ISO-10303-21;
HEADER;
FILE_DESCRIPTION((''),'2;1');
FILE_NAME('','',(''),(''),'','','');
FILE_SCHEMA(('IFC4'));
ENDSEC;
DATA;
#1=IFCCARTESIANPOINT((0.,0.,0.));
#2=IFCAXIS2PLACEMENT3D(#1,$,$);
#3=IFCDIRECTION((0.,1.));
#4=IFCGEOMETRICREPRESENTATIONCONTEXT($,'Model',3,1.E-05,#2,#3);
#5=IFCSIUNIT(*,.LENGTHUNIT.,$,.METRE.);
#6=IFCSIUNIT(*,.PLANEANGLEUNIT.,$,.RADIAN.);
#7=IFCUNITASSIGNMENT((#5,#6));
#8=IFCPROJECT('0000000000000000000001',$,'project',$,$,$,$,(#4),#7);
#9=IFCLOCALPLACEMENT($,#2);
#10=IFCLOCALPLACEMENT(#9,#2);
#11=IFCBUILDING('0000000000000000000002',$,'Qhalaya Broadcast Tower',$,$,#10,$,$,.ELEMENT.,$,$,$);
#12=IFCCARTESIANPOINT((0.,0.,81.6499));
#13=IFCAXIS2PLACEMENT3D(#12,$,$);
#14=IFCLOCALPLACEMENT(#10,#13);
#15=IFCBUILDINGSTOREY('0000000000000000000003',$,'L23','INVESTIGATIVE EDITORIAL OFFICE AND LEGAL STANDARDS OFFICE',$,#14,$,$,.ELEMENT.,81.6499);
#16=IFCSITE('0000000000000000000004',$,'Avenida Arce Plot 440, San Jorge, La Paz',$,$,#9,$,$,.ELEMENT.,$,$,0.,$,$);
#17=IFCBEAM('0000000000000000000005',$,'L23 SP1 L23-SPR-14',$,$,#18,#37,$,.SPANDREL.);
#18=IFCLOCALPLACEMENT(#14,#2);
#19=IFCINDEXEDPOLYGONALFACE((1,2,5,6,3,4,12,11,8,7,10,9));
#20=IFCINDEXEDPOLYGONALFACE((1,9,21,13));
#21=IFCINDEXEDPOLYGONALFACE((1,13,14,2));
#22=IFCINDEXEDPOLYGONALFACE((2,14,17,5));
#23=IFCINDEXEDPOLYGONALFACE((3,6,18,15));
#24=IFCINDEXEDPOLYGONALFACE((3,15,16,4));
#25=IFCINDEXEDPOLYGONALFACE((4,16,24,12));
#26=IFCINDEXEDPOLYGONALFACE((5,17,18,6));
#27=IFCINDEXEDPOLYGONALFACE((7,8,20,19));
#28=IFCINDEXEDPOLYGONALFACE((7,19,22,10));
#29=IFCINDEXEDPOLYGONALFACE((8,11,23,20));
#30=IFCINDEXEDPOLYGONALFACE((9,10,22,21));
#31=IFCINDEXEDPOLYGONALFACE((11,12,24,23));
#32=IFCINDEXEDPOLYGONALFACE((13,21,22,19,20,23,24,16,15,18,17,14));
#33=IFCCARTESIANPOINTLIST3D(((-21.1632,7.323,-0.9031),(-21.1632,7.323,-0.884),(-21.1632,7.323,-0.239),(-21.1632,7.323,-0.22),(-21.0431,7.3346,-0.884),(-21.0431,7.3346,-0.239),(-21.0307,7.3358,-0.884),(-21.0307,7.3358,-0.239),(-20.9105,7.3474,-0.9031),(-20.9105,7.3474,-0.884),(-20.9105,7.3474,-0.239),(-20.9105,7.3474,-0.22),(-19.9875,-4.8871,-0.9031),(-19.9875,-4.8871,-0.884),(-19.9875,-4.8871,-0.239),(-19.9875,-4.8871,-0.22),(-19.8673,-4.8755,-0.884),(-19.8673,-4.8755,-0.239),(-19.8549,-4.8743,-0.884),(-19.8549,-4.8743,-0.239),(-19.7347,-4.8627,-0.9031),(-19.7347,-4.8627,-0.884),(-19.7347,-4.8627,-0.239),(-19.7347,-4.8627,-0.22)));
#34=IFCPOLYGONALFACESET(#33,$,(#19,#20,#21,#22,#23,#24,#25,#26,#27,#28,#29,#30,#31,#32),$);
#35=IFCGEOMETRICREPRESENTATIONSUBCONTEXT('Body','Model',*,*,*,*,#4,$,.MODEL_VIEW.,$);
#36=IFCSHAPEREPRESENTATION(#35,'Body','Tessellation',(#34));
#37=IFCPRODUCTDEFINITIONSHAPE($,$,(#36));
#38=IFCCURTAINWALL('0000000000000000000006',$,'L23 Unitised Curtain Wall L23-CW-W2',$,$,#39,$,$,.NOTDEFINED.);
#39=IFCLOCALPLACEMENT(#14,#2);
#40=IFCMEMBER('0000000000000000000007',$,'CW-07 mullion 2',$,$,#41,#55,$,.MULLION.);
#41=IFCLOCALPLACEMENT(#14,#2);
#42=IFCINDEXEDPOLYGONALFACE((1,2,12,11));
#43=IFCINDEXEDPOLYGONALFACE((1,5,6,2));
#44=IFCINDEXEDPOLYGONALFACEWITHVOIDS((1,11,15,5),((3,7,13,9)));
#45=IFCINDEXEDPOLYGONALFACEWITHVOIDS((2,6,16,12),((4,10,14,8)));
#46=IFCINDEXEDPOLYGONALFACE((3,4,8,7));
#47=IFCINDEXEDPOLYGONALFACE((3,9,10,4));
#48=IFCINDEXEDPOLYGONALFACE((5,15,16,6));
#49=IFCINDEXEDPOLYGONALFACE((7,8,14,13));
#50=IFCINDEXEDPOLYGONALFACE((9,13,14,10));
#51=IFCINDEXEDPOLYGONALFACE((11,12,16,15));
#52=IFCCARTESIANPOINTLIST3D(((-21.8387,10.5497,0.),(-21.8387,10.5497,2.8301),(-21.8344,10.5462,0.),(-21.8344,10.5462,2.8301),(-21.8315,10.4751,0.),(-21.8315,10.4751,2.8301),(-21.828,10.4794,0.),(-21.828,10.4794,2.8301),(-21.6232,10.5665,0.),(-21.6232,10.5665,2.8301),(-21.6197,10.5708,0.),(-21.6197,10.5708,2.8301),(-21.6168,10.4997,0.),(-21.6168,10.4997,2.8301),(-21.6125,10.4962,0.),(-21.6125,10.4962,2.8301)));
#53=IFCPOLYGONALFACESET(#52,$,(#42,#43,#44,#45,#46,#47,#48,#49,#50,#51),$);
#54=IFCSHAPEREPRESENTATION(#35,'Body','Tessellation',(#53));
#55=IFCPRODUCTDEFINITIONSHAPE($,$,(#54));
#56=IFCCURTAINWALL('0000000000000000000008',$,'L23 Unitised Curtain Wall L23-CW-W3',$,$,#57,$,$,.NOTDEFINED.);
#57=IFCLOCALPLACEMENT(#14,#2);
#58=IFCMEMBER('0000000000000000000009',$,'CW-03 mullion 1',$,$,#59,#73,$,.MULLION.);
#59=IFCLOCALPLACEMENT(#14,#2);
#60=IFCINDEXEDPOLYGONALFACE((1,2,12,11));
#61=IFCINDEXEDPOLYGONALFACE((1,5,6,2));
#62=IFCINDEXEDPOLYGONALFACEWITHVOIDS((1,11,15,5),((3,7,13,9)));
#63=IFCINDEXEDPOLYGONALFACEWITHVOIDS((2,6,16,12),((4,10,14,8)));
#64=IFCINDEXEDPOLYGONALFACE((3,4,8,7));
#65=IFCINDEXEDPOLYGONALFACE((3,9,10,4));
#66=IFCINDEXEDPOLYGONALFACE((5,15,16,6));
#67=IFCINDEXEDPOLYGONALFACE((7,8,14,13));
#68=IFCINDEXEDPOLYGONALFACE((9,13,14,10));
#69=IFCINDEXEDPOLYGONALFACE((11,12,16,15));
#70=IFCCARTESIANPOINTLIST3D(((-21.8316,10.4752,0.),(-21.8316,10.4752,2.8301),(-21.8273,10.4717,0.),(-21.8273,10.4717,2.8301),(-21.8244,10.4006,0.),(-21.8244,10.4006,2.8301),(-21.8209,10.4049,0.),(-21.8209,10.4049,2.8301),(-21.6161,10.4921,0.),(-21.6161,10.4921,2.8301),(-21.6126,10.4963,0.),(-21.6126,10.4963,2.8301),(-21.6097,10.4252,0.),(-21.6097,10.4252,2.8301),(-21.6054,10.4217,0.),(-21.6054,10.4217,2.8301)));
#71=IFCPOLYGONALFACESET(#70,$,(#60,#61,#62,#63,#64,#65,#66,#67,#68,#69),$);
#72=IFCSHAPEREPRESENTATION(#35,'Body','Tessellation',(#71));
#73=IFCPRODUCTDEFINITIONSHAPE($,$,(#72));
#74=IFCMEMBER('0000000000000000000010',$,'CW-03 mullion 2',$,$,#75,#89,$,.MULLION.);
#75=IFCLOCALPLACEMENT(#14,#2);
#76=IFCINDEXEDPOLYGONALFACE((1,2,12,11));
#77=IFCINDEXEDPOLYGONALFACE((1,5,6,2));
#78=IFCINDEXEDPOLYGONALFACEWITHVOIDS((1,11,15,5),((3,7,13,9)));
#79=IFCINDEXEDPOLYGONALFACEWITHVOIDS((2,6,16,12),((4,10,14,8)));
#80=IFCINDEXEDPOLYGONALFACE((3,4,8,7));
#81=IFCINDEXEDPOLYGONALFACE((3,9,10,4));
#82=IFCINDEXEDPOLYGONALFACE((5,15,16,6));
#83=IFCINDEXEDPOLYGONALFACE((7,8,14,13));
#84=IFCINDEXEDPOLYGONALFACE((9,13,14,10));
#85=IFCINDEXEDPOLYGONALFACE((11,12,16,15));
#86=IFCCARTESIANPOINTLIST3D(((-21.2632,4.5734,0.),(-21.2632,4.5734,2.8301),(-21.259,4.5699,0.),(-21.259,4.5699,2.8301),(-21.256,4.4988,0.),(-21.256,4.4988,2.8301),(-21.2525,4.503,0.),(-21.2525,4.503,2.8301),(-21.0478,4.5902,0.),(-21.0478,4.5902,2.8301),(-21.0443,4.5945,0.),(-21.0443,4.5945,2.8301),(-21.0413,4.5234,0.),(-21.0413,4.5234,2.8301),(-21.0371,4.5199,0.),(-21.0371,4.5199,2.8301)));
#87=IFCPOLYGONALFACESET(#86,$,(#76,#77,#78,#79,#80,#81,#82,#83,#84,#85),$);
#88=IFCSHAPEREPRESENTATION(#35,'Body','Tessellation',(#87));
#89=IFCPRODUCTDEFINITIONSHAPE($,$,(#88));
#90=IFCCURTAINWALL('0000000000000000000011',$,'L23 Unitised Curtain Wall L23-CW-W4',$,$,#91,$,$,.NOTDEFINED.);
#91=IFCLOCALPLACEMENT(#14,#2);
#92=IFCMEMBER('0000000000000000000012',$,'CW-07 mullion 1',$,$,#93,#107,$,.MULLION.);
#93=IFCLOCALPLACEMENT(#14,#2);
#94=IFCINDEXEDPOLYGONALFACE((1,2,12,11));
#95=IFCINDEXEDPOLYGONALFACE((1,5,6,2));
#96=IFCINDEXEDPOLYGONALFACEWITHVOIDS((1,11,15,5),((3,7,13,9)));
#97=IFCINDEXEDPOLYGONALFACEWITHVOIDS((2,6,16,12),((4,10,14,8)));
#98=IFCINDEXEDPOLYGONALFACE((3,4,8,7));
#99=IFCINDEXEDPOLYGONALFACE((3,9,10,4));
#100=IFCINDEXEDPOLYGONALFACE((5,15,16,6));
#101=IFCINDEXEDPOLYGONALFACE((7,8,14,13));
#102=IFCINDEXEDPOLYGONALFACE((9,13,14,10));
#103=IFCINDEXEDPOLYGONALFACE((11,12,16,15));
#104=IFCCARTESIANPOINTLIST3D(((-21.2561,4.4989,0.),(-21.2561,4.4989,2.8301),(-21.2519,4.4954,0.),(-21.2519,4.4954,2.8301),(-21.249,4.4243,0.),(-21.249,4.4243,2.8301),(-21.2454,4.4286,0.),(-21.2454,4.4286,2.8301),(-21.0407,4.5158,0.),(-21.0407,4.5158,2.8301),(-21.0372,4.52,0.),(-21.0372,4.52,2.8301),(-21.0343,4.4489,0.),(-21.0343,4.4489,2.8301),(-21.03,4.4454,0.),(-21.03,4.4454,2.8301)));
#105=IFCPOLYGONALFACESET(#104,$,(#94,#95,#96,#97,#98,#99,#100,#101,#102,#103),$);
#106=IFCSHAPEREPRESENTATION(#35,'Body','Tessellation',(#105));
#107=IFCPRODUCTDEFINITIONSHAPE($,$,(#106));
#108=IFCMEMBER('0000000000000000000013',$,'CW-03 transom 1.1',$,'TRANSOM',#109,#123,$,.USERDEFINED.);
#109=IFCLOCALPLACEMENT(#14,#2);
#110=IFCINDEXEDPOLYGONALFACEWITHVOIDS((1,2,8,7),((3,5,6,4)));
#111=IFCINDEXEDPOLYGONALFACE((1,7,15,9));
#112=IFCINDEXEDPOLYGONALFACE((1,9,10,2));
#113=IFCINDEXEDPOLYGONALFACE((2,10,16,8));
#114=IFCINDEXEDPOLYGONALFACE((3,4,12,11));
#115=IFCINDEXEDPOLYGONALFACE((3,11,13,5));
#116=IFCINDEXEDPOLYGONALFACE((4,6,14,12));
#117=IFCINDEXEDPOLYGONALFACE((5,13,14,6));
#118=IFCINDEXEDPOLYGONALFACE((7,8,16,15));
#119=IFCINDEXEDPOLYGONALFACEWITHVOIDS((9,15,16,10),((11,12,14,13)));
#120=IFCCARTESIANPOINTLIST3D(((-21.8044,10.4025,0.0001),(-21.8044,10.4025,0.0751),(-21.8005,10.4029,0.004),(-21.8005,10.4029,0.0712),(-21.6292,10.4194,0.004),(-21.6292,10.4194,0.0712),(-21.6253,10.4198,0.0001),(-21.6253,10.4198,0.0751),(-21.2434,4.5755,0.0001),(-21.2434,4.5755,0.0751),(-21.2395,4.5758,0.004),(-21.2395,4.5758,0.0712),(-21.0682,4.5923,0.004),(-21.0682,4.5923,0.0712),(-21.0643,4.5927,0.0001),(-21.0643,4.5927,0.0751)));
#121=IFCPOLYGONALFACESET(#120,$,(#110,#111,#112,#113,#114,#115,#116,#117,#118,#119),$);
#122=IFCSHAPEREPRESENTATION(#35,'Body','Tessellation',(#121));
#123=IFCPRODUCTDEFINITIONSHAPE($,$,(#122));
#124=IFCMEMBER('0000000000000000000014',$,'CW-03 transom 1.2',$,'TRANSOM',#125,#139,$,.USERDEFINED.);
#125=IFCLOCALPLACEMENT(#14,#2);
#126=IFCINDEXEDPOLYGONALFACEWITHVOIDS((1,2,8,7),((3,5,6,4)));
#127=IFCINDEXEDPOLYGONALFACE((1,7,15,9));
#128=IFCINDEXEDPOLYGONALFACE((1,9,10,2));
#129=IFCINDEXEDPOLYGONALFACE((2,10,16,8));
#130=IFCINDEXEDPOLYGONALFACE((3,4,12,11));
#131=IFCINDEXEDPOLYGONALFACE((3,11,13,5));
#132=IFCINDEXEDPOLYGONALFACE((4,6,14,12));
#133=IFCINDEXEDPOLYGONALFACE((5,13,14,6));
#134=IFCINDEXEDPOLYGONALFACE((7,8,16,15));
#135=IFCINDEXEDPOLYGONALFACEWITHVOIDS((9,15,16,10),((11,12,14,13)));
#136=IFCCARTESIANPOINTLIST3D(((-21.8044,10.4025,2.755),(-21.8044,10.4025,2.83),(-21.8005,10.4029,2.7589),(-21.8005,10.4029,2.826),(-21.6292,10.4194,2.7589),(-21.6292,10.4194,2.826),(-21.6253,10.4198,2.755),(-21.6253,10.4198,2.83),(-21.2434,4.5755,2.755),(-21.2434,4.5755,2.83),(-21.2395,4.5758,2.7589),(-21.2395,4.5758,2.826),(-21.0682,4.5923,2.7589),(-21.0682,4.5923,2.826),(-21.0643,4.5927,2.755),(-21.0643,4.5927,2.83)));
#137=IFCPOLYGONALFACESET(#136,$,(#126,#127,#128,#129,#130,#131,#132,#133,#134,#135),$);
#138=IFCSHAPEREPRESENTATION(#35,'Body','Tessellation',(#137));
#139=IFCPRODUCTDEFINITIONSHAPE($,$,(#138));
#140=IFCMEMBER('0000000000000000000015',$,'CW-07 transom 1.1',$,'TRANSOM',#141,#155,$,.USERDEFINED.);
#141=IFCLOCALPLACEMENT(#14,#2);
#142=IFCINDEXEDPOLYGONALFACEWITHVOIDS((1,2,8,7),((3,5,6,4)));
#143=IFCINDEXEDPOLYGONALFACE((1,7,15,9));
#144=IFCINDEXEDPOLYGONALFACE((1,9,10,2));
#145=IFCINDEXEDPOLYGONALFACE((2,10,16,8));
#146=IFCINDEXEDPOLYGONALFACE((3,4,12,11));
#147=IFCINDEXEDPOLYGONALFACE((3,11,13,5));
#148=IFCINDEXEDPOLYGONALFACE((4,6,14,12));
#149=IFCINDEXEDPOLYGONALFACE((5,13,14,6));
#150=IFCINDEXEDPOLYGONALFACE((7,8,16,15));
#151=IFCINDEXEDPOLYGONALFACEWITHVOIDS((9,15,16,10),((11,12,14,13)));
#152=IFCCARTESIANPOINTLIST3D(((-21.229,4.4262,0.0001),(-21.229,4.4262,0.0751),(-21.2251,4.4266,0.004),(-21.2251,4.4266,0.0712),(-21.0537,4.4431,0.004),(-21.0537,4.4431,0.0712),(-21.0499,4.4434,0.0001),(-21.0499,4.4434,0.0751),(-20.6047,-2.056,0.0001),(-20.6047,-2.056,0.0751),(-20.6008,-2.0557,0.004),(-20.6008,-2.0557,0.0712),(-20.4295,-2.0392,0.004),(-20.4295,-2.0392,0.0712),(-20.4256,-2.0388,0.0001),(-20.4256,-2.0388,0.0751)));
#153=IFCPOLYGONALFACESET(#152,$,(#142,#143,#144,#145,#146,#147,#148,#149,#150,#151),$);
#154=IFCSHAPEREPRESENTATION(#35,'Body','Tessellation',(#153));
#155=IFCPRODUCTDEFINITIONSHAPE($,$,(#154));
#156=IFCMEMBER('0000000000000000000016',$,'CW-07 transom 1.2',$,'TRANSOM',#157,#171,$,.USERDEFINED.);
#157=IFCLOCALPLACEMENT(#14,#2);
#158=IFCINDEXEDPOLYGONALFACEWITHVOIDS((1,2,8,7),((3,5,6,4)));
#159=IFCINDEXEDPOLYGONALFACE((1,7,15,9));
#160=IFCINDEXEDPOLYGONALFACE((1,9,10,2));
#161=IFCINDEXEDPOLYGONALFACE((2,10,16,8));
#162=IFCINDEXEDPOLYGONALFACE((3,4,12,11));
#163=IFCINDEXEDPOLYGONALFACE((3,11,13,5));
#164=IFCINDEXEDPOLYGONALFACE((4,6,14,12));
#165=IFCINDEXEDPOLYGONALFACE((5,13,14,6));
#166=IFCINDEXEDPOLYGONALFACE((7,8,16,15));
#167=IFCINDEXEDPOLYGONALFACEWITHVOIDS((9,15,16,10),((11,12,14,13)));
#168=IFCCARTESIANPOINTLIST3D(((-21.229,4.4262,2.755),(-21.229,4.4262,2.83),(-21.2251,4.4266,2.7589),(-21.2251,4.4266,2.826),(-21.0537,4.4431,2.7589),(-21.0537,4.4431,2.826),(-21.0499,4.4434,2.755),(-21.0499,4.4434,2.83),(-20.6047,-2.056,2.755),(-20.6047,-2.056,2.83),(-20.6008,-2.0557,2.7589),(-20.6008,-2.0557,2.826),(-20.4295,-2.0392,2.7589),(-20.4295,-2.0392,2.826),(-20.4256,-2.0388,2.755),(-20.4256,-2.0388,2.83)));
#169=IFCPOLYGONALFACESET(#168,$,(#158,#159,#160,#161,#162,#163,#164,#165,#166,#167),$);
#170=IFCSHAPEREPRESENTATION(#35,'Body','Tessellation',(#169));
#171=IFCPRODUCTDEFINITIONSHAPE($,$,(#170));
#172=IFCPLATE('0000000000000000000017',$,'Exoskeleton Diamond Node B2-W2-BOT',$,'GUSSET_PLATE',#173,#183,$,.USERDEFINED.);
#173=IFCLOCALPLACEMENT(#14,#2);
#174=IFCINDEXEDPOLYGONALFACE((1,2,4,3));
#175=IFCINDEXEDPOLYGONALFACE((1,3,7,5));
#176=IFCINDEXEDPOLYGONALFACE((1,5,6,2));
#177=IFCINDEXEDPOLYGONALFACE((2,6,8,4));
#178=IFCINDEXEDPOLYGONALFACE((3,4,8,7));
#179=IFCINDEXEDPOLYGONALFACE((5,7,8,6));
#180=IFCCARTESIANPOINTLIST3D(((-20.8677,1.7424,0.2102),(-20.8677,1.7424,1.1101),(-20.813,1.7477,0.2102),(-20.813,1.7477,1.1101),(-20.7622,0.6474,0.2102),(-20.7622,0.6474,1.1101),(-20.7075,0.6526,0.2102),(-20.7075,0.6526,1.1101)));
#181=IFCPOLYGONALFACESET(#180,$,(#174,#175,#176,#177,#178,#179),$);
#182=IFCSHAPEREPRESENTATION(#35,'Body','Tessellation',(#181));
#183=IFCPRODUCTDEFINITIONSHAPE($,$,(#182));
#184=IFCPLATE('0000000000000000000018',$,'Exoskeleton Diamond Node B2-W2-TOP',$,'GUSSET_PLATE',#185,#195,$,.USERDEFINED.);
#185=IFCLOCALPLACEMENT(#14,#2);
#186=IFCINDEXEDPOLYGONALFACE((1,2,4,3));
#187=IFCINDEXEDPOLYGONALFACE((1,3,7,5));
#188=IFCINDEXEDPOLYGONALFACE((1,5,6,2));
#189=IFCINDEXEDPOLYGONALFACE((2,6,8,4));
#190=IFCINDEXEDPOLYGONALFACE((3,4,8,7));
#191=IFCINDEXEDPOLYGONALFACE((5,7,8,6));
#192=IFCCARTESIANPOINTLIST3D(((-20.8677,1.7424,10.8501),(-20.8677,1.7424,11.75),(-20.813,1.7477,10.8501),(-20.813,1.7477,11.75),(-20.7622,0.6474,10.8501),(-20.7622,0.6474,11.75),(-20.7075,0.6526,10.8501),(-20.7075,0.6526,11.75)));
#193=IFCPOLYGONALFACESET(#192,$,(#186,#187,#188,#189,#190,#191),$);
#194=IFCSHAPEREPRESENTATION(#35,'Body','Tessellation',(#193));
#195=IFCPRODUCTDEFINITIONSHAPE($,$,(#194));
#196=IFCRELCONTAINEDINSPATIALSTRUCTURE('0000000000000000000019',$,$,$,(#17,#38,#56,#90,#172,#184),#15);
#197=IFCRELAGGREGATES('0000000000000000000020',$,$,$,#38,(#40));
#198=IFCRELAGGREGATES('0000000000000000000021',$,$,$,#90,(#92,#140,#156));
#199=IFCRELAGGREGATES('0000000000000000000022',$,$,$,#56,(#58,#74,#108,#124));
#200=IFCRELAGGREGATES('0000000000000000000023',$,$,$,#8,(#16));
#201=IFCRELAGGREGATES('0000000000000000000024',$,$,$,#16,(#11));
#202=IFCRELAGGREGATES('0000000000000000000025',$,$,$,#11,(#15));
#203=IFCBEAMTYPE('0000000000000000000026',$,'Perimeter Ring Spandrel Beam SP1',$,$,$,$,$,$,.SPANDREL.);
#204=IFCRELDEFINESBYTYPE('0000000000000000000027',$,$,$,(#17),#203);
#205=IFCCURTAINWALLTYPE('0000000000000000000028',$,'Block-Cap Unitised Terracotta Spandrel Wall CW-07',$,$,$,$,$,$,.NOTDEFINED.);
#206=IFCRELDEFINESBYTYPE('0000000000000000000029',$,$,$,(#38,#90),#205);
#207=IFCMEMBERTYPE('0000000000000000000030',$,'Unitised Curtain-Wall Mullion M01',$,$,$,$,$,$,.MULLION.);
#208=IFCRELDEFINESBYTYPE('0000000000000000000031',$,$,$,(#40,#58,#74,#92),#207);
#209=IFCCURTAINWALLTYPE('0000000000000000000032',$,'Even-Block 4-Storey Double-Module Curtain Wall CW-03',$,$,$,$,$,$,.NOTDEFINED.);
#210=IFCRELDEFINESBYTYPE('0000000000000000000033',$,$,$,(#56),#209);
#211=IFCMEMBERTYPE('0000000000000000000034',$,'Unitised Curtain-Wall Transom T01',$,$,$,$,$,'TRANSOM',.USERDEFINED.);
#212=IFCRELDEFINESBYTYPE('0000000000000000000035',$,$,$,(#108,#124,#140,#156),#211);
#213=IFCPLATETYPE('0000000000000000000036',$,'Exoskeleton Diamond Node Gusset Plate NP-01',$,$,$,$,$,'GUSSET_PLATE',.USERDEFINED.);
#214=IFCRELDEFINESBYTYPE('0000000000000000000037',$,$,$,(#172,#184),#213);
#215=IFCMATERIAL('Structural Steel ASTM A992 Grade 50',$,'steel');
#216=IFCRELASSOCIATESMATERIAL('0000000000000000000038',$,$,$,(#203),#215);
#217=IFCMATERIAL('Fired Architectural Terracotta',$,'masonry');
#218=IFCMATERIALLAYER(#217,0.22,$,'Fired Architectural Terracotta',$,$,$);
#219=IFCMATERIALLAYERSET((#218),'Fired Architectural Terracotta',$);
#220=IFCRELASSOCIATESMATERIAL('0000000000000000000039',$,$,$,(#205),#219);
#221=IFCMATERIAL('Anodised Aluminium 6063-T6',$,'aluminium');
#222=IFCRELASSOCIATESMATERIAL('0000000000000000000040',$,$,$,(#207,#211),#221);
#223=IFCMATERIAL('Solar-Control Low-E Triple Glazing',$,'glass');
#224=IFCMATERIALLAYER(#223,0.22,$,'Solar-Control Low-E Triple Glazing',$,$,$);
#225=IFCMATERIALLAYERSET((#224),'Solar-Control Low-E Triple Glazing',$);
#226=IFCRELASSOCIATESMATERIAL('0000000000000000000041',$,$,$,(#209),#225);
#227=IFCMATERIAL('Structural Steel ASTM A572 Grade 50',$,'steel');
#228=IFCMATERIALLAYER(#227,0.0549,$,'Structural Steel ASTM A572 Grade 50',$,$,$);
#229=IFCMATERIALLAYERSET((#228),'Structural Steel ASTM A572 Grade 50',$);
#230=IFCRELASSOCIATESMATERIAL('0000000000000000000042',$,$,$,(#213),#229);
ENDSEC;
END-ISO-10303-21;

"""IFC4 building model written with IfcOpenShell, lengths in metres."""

from ifc_helpers import new_model, si_unit, direction, frame, origin, origin_2d, place, context, subcontext, project, spatial, rectangle, hollow_rectangle, i_section, extrude, material, layer, layer_set, material_profile, profile_set, type_object, element, aggregate, save


model = new_model("IFC4")

# Units and contexts
model_context = context("Model", 3, precision=1e-05, world=origin(), true_north=direction((0.0, 1.0)))
body_context = subcontext(model_context, "Body", "Model", "MODEL_VIEW")
ifc_project = project(units=[si_unit("LENGTHUNIT", "METRE"), si_unit("PLANEANGLEUNIT", "RADIAN")], contexts=[model_context])

# Site, building, storey
site_placement = place(None, origin())
site = spatial("IfcSite", under=ifc_project, at=site_placement, Name="Avenida Arce Plot 440, San Jorge, La Paz", CompositionType="ELEMENT", RefElevation=0.0)
building_placement = place(site_placement, origin())
building = spatial("IfcBuilding", under=site, at=building_placement, Name="Qhalaya Broadcast Tower", CompositionType="ELEMENT")
storey_placement = place(building_placement, frame((0.0, 0.0, 81.6499)))
storey = spatial("IfcBuildingStorey", under=building, at=storey_placement, Name="L23", Description="INVESTIGATIVE EDITORIAL OFFICE AND LEGAL STANDARDS OFFICE", CompositionType="ELEMENT", Elevation=81.6499)

# Shared definitions
ifc_material_1 = material(Name="Structural Steel ASTM A572 Grade 50", Category="steel")

# Shared definitions
ifc_material_2 = material(Name="Structural Steel ASTM A992 Grade 50", Category="steel")

# Beam
ifc_material_profile_1 = material_profile(ifc_material_2, i_section(OverallWidth=0.2539, OverallDepth=0.6831, WebThickness=0.0125, FlangeThickness=0.019, at=origin_2d()), Name="W27X94")
ifc_profile_set_1 = profile_set([ifc_material_profile_1], Name="Structural Steel ASTM A992 Grade 50")
beam_type_1 = type_object("IfcBeamType", Name="Perimeter Ring Spandrel Beam SP1", PredefinedType="SPANDREL", material=ifc_profile_set_1)
beam_1_placement = place(storey_placement, frame((-21.0369, 7.3352, -0.5615), z_axis=(0.095852, -0.995396, 0.0), x_axis=(0.995396, 0.095852, 0.0)))
element("IfcBeam", 1, at=beam_1_placement, inside=storey, type_object=beam_type_1, Name="L23 SP1 L23-SPR-14", PredefinedType="SPANDREL", context=body_context, shape_type="SweptSolid", body=[
    extrude(i_section(OverallWidth=0.2539, OverallDepth=0.6831, WebThickness=0.0125, FlangeThickness=0.019, at=origin_2d()), origin(), (0.0, 0.0, 1.0), 12.2666),
])

# Curtain wall, member
ifc_material_3 = material(Name="Fired Architectural Terracotta", Category="masonry")
ifc_layer_1 = layer(ifc_material_3, 0.22, Name="Fired Architectural Terracotta")
ifc_layer_set_1 = layer_set([ifc_layer_1], Name="Fired Architectural Terracotta")
curtain_wall_type_1 = type_object("IfcCurtainWallType", Name="Block-Cap Unitised Terracotta Spandrel Wall CW-07", PredefinedType="NOTDEFINED", material=ifc_layer_set_1)
curtain_wall_1_placement = place(storey_placement, origin())
curtain_wall_1 = element("IfcCurtainWall", 2, at=curtain_wall_1_placement, inside=storey, type_object=curtain_wall_type_1, Name="L23 Unitised Curtain Wall L23-CW-W2", PredefinedType="NOTDEFINED")
ifc_material_4 = material(Name="Anodised Aluminium 6063-T6", Category="aluminium")
ifc_material_profile_2 = material_profile(ifc_material_4, hollow_rectangle(XDim=0.075, YDim=0.22, WallThickness=0.0039, at=origin_2d()), Name="ALU-MUL 75x220x4")
ifc_profile_set_2 = profile_set([ifc_material_profile_2], Name="Anodised Aluminium 6063-T6")
member_type_1 = type_object("IfcMemberType", Name="Unitised Curtain-Wall Mullion M01", PredefinedType="MULLION", material=ifc_profile_set_2)
member_1_placement = place(storey_placement, frame((-21.7256, 10.5229, 0.0), z_axis=(0.0, 0.0, 1.0), x_axis=(0.095857, -0.995395, 0.0)))
member_1 = element("IfcMember", 3, at=member_1_placement, type_object=member_type_1, Name="CW-07 mullion 2", PredefinedType="MULLION", context=body_context, shape_type="SweptSolid", body=[
    extrude(hollow_rectangle(XDim=0.075, YDim=0.22, WallThickness=0.0039, at=origin_2d()), origin(), (0.0, 0.0, 1.0), 2.8301),
])
aggregate(curtain_wall_1, [member_1])

# Curtain wall, members
ifc_material_5 = material(Name="Solar-Control Low-E Triple Glazing", Category="glass")
ifc_layer_2 = layer(ifc_material_5, 0.22, Name="Solar-Control Low-E Triple Glazing")
ifc_layer_set_2 = layer_set([ifc_layer_2], Name="Solar-Control Low-E Triple Glazing")
curtain_wall_type_2 = type_object("IfcCurtainWallType", Name="Even-Block 4-Storey Double-Module Curtain Wall CW-03", PredefinedType="NOTDEFINED", material=ifc_layer_set_2)
curtain_wall_2_placement = place(storey_placement, origin())
curtain_wall_2 = element("IfcCurtainWall", 4, at=curtain_wall_2_placement, inside=storey, type_object=curtain_wall_type_2, Name="L23 Unitised Curtain Wall L23-CW-W3", PredefinedType="NOTDEFINED")
member_2_placement = place(storey_placement, frame((-21.7185, 10.4485, 0.0), z_axis=(0.0, 0.0, 1.0), x_axis=(0.095837, -0.995397, 0.0)))
member_2 = element("IfcMember", 5, at=member_2_placement, type_object=member_type_1, Name="CW-03 mullion 1", PredefinedType="MULLION", context=body_context, shape_type="SweptSolid", body=[
    extrude(hollow_rectangle(XDim=0.075, YDim=0.22, WallThickness=0.0039, at=origin_2d()), origin(), (0.0, 0.0, 1.0), 2.8301),
])
member_3_placement = place(storey_placement, frame((-21.1501, 4.5466, 0.0), z_axis=(0.0, 0.0, 1.0), x_axis=(0.095837, -0.995397, 0.0)))
member_3 = element("IfcMember", 6, at=member_3_placement, type_object=member_type_1, Name="CW-03 mullion 2", PredefinedType="MULLION", context=body_context, shape_type="SweptSolid", body=[
    extrude(hollow_rectangle(XDim=0.075, YDim=0.22, WallThickness=0.0039, at=origin_2d()), origin(), (0.0, 0.0, 1.0), 2.8301),
])

# Curtain wall, member
curtain_wall_3_placement = place(storey_placement, origin())
curtain_wall_3 = element("IfcCurtainWall", 7, at=curtain_wall_3_placement, inside=storey, type_object=curtain_wall_type_1, Name="L23 Unitised Curtain Wall L23-CW-W4", PredefinedType="NOTDEFINED")
member_4_placement = place(storey_placement, frame((-21.1431, 4.4722, 0.0), z_axis=(0.0, 0.0, 1.0), x_axis=(0.095857, -0.995395, 0.0)))
member_4 = element("IfcMember", 8, at=member_4_placement, type_object=member_type_1, Name="CW-07 mullion 1", PredefinedType="MULLION", context=body_context, shape_type="SweptSolid", body=[
    extrude(hollow_rectangle(XDim=0.075, YDim=0.22, WallThickness=0.0039, at=origin_2d()), origin(), (0.0, 0.0, 1.0), 2.8301),
])

# Members
ifc_material_profile_3 = material_profile(ifc_material_4, hollow_rectangle(XDim=0.075, YDim=0.1799, WallThickness=0.0039, at=origin_2d()), Name="ALU-TRN 75x180x4")
ifc_profile_set_3 = profile_set([ifc_material_profile_3], Name="Anodised Aluminium 6063-T6")
member_type_2 = type_object("IfcMemberType", Name="Unitised Curtain-Wall Transom T01", ElementType="TRANSOM", PredefinedType="USERDEFINED", material=ifc_profile_set_3)
member_5_placement = place(storey_placement, frame((-21.7148, 10.4111, 0.0376), z_axis=(0.095836, -0.995397, 0.0), x_axis=(0.0, 0.0, 1.0)))
member_5 = element("IfcMember", 9, at=member_5_placement, type_object=member_type_2, Name="CW-03 transom 1.1", ObjectType="TRANSOM", PredefinedType="USERDEFINED", context=body_context, shape_type="SweptSolid", body=[
    extrude(hollow_rectangle(XDim=0.075, YDim=0.1799, WallThickness=0.0039, at=origin_2d()), origin(), (0.0, 0.0, 1.0), 5.854),
])
member_6_placement = place(storey_placement, frame((-21.7148, 10.4111, 2.7925), z_axis=(0.095836, -0.995397, 0.0), x_axis=(0.0, 0.0, 1.0)))
member_6 = element("IfcMember", 10, at=member_6_placement, type_object=member_type_2, Name="CW-03 transom 1.2", ObjectType="TRANSOM", PredefinedType="USERDEFINED", context=body_context, shape_type="SweptSolid", body=[
    extrude(hollow_rectangle(XDim=0.075, YDim=0.1799, WallThickness=0.0039, at=origin_2d()), origin(), (0.0, 0.0, 1.0), 5.854),
])
member_7_placement = place(storey_placement, frame((-21.1394, 4.4348, 0.0376), z_axis=(0.095862, -0.995395, 0.0), x_axis=(0.0, 0.0, 1.0)))
member_7 = element("IfcMember", 11, at=member_7_placement, type_object=member_type_2, Name="CW-07 transom 1.1", ObjectType="TRANSOM", PredefinedType="USERDEFINED", context=body_context, shape_type="SweptSolid", body=[
    extrude(hollow_rectangle(XDim=0.075, YDim=0.1799, WallThickness=0.0039, at=origin_2d()), origin(), (0.0, 0.0, 1.0), 6.5122),
])
member_8_placement = place(storey_placement, frame((-21.1394, 4.4348, 2.7925), z_axis=(0.095862, -0.995395, 0.0), x_axis=(0.0, 0.0, 1.0)))
member_8 = element("IfcMember", 12, at=member_8_placement, type_object=member_type_2, Name="CW-07 transom 1.2", ObjectType="TRANSOM", PredefinedType="USERDEFINED", context=body_context, shape_type="SweptSolid", body=[
    extrude(hollow_rectangle(XDim=0.075, YDim=0.1799, WallThickness=0.0039, at=origin_2d()), origin(), (0.0, 0.0, 1.0), 6.5122),
])

# Plates
ifc_layer_3 = layer(ifc_material_1, 0.0549, Name="Structural Steel ASTM A572 Grade 50")
ifc_layer_set_3 = layer_set([ifc_layer_3], Name="Structural Steel ASTM A572 Grade 50")
plate_type_1 = type_object("IfcPlateType", Name="Exoskeleton Diamond Node Gusset Plate NP-01", ElementType="GUSSET_PLATE", PredefinedType="USERDEFINED", material=ifc_layer_set_3)
for number, where, z_axis, x_axis, name in (
    (13, (-20.7876, 1.1975, 0.2102), (0.0, 0.0, 1.0), (-0.095846, 0.995396, 0.0), "Exoskeleton Diamond Node B2-W2-BOT"),
    (14, (-20.7876, 1.1975, 10.8501), (0.0, 0.0, 1.0), (-0.095846, 0.995396, 0.0), "Exoskeleton Diamond Node B2-W2-TOP"),
):
    element("IfcPlate", number, at=place(storey_placement, frame(where, z_axis=z_axis, x_axis=x_axis)), inside=storey, type_object=plate_type_1, Name=name, ObjectType="GUSSET_PLATE", PredefinedType="USERDEFINED", context=body_context, shape_type="SweptSolid", body=[
        extrude(rectangle(XDim=1.1001, YDim=0.0549, at=origin_2d()), origin(), (0.0, 0.0, 1.0), 0.8999),
    ])

aggregate(curtain_wall_3, [member_4, member_7, member_8])
aggregate(curtain_wall_2, [member_2, member_3, member_5, member_6])

save(model, "model.ifc")
